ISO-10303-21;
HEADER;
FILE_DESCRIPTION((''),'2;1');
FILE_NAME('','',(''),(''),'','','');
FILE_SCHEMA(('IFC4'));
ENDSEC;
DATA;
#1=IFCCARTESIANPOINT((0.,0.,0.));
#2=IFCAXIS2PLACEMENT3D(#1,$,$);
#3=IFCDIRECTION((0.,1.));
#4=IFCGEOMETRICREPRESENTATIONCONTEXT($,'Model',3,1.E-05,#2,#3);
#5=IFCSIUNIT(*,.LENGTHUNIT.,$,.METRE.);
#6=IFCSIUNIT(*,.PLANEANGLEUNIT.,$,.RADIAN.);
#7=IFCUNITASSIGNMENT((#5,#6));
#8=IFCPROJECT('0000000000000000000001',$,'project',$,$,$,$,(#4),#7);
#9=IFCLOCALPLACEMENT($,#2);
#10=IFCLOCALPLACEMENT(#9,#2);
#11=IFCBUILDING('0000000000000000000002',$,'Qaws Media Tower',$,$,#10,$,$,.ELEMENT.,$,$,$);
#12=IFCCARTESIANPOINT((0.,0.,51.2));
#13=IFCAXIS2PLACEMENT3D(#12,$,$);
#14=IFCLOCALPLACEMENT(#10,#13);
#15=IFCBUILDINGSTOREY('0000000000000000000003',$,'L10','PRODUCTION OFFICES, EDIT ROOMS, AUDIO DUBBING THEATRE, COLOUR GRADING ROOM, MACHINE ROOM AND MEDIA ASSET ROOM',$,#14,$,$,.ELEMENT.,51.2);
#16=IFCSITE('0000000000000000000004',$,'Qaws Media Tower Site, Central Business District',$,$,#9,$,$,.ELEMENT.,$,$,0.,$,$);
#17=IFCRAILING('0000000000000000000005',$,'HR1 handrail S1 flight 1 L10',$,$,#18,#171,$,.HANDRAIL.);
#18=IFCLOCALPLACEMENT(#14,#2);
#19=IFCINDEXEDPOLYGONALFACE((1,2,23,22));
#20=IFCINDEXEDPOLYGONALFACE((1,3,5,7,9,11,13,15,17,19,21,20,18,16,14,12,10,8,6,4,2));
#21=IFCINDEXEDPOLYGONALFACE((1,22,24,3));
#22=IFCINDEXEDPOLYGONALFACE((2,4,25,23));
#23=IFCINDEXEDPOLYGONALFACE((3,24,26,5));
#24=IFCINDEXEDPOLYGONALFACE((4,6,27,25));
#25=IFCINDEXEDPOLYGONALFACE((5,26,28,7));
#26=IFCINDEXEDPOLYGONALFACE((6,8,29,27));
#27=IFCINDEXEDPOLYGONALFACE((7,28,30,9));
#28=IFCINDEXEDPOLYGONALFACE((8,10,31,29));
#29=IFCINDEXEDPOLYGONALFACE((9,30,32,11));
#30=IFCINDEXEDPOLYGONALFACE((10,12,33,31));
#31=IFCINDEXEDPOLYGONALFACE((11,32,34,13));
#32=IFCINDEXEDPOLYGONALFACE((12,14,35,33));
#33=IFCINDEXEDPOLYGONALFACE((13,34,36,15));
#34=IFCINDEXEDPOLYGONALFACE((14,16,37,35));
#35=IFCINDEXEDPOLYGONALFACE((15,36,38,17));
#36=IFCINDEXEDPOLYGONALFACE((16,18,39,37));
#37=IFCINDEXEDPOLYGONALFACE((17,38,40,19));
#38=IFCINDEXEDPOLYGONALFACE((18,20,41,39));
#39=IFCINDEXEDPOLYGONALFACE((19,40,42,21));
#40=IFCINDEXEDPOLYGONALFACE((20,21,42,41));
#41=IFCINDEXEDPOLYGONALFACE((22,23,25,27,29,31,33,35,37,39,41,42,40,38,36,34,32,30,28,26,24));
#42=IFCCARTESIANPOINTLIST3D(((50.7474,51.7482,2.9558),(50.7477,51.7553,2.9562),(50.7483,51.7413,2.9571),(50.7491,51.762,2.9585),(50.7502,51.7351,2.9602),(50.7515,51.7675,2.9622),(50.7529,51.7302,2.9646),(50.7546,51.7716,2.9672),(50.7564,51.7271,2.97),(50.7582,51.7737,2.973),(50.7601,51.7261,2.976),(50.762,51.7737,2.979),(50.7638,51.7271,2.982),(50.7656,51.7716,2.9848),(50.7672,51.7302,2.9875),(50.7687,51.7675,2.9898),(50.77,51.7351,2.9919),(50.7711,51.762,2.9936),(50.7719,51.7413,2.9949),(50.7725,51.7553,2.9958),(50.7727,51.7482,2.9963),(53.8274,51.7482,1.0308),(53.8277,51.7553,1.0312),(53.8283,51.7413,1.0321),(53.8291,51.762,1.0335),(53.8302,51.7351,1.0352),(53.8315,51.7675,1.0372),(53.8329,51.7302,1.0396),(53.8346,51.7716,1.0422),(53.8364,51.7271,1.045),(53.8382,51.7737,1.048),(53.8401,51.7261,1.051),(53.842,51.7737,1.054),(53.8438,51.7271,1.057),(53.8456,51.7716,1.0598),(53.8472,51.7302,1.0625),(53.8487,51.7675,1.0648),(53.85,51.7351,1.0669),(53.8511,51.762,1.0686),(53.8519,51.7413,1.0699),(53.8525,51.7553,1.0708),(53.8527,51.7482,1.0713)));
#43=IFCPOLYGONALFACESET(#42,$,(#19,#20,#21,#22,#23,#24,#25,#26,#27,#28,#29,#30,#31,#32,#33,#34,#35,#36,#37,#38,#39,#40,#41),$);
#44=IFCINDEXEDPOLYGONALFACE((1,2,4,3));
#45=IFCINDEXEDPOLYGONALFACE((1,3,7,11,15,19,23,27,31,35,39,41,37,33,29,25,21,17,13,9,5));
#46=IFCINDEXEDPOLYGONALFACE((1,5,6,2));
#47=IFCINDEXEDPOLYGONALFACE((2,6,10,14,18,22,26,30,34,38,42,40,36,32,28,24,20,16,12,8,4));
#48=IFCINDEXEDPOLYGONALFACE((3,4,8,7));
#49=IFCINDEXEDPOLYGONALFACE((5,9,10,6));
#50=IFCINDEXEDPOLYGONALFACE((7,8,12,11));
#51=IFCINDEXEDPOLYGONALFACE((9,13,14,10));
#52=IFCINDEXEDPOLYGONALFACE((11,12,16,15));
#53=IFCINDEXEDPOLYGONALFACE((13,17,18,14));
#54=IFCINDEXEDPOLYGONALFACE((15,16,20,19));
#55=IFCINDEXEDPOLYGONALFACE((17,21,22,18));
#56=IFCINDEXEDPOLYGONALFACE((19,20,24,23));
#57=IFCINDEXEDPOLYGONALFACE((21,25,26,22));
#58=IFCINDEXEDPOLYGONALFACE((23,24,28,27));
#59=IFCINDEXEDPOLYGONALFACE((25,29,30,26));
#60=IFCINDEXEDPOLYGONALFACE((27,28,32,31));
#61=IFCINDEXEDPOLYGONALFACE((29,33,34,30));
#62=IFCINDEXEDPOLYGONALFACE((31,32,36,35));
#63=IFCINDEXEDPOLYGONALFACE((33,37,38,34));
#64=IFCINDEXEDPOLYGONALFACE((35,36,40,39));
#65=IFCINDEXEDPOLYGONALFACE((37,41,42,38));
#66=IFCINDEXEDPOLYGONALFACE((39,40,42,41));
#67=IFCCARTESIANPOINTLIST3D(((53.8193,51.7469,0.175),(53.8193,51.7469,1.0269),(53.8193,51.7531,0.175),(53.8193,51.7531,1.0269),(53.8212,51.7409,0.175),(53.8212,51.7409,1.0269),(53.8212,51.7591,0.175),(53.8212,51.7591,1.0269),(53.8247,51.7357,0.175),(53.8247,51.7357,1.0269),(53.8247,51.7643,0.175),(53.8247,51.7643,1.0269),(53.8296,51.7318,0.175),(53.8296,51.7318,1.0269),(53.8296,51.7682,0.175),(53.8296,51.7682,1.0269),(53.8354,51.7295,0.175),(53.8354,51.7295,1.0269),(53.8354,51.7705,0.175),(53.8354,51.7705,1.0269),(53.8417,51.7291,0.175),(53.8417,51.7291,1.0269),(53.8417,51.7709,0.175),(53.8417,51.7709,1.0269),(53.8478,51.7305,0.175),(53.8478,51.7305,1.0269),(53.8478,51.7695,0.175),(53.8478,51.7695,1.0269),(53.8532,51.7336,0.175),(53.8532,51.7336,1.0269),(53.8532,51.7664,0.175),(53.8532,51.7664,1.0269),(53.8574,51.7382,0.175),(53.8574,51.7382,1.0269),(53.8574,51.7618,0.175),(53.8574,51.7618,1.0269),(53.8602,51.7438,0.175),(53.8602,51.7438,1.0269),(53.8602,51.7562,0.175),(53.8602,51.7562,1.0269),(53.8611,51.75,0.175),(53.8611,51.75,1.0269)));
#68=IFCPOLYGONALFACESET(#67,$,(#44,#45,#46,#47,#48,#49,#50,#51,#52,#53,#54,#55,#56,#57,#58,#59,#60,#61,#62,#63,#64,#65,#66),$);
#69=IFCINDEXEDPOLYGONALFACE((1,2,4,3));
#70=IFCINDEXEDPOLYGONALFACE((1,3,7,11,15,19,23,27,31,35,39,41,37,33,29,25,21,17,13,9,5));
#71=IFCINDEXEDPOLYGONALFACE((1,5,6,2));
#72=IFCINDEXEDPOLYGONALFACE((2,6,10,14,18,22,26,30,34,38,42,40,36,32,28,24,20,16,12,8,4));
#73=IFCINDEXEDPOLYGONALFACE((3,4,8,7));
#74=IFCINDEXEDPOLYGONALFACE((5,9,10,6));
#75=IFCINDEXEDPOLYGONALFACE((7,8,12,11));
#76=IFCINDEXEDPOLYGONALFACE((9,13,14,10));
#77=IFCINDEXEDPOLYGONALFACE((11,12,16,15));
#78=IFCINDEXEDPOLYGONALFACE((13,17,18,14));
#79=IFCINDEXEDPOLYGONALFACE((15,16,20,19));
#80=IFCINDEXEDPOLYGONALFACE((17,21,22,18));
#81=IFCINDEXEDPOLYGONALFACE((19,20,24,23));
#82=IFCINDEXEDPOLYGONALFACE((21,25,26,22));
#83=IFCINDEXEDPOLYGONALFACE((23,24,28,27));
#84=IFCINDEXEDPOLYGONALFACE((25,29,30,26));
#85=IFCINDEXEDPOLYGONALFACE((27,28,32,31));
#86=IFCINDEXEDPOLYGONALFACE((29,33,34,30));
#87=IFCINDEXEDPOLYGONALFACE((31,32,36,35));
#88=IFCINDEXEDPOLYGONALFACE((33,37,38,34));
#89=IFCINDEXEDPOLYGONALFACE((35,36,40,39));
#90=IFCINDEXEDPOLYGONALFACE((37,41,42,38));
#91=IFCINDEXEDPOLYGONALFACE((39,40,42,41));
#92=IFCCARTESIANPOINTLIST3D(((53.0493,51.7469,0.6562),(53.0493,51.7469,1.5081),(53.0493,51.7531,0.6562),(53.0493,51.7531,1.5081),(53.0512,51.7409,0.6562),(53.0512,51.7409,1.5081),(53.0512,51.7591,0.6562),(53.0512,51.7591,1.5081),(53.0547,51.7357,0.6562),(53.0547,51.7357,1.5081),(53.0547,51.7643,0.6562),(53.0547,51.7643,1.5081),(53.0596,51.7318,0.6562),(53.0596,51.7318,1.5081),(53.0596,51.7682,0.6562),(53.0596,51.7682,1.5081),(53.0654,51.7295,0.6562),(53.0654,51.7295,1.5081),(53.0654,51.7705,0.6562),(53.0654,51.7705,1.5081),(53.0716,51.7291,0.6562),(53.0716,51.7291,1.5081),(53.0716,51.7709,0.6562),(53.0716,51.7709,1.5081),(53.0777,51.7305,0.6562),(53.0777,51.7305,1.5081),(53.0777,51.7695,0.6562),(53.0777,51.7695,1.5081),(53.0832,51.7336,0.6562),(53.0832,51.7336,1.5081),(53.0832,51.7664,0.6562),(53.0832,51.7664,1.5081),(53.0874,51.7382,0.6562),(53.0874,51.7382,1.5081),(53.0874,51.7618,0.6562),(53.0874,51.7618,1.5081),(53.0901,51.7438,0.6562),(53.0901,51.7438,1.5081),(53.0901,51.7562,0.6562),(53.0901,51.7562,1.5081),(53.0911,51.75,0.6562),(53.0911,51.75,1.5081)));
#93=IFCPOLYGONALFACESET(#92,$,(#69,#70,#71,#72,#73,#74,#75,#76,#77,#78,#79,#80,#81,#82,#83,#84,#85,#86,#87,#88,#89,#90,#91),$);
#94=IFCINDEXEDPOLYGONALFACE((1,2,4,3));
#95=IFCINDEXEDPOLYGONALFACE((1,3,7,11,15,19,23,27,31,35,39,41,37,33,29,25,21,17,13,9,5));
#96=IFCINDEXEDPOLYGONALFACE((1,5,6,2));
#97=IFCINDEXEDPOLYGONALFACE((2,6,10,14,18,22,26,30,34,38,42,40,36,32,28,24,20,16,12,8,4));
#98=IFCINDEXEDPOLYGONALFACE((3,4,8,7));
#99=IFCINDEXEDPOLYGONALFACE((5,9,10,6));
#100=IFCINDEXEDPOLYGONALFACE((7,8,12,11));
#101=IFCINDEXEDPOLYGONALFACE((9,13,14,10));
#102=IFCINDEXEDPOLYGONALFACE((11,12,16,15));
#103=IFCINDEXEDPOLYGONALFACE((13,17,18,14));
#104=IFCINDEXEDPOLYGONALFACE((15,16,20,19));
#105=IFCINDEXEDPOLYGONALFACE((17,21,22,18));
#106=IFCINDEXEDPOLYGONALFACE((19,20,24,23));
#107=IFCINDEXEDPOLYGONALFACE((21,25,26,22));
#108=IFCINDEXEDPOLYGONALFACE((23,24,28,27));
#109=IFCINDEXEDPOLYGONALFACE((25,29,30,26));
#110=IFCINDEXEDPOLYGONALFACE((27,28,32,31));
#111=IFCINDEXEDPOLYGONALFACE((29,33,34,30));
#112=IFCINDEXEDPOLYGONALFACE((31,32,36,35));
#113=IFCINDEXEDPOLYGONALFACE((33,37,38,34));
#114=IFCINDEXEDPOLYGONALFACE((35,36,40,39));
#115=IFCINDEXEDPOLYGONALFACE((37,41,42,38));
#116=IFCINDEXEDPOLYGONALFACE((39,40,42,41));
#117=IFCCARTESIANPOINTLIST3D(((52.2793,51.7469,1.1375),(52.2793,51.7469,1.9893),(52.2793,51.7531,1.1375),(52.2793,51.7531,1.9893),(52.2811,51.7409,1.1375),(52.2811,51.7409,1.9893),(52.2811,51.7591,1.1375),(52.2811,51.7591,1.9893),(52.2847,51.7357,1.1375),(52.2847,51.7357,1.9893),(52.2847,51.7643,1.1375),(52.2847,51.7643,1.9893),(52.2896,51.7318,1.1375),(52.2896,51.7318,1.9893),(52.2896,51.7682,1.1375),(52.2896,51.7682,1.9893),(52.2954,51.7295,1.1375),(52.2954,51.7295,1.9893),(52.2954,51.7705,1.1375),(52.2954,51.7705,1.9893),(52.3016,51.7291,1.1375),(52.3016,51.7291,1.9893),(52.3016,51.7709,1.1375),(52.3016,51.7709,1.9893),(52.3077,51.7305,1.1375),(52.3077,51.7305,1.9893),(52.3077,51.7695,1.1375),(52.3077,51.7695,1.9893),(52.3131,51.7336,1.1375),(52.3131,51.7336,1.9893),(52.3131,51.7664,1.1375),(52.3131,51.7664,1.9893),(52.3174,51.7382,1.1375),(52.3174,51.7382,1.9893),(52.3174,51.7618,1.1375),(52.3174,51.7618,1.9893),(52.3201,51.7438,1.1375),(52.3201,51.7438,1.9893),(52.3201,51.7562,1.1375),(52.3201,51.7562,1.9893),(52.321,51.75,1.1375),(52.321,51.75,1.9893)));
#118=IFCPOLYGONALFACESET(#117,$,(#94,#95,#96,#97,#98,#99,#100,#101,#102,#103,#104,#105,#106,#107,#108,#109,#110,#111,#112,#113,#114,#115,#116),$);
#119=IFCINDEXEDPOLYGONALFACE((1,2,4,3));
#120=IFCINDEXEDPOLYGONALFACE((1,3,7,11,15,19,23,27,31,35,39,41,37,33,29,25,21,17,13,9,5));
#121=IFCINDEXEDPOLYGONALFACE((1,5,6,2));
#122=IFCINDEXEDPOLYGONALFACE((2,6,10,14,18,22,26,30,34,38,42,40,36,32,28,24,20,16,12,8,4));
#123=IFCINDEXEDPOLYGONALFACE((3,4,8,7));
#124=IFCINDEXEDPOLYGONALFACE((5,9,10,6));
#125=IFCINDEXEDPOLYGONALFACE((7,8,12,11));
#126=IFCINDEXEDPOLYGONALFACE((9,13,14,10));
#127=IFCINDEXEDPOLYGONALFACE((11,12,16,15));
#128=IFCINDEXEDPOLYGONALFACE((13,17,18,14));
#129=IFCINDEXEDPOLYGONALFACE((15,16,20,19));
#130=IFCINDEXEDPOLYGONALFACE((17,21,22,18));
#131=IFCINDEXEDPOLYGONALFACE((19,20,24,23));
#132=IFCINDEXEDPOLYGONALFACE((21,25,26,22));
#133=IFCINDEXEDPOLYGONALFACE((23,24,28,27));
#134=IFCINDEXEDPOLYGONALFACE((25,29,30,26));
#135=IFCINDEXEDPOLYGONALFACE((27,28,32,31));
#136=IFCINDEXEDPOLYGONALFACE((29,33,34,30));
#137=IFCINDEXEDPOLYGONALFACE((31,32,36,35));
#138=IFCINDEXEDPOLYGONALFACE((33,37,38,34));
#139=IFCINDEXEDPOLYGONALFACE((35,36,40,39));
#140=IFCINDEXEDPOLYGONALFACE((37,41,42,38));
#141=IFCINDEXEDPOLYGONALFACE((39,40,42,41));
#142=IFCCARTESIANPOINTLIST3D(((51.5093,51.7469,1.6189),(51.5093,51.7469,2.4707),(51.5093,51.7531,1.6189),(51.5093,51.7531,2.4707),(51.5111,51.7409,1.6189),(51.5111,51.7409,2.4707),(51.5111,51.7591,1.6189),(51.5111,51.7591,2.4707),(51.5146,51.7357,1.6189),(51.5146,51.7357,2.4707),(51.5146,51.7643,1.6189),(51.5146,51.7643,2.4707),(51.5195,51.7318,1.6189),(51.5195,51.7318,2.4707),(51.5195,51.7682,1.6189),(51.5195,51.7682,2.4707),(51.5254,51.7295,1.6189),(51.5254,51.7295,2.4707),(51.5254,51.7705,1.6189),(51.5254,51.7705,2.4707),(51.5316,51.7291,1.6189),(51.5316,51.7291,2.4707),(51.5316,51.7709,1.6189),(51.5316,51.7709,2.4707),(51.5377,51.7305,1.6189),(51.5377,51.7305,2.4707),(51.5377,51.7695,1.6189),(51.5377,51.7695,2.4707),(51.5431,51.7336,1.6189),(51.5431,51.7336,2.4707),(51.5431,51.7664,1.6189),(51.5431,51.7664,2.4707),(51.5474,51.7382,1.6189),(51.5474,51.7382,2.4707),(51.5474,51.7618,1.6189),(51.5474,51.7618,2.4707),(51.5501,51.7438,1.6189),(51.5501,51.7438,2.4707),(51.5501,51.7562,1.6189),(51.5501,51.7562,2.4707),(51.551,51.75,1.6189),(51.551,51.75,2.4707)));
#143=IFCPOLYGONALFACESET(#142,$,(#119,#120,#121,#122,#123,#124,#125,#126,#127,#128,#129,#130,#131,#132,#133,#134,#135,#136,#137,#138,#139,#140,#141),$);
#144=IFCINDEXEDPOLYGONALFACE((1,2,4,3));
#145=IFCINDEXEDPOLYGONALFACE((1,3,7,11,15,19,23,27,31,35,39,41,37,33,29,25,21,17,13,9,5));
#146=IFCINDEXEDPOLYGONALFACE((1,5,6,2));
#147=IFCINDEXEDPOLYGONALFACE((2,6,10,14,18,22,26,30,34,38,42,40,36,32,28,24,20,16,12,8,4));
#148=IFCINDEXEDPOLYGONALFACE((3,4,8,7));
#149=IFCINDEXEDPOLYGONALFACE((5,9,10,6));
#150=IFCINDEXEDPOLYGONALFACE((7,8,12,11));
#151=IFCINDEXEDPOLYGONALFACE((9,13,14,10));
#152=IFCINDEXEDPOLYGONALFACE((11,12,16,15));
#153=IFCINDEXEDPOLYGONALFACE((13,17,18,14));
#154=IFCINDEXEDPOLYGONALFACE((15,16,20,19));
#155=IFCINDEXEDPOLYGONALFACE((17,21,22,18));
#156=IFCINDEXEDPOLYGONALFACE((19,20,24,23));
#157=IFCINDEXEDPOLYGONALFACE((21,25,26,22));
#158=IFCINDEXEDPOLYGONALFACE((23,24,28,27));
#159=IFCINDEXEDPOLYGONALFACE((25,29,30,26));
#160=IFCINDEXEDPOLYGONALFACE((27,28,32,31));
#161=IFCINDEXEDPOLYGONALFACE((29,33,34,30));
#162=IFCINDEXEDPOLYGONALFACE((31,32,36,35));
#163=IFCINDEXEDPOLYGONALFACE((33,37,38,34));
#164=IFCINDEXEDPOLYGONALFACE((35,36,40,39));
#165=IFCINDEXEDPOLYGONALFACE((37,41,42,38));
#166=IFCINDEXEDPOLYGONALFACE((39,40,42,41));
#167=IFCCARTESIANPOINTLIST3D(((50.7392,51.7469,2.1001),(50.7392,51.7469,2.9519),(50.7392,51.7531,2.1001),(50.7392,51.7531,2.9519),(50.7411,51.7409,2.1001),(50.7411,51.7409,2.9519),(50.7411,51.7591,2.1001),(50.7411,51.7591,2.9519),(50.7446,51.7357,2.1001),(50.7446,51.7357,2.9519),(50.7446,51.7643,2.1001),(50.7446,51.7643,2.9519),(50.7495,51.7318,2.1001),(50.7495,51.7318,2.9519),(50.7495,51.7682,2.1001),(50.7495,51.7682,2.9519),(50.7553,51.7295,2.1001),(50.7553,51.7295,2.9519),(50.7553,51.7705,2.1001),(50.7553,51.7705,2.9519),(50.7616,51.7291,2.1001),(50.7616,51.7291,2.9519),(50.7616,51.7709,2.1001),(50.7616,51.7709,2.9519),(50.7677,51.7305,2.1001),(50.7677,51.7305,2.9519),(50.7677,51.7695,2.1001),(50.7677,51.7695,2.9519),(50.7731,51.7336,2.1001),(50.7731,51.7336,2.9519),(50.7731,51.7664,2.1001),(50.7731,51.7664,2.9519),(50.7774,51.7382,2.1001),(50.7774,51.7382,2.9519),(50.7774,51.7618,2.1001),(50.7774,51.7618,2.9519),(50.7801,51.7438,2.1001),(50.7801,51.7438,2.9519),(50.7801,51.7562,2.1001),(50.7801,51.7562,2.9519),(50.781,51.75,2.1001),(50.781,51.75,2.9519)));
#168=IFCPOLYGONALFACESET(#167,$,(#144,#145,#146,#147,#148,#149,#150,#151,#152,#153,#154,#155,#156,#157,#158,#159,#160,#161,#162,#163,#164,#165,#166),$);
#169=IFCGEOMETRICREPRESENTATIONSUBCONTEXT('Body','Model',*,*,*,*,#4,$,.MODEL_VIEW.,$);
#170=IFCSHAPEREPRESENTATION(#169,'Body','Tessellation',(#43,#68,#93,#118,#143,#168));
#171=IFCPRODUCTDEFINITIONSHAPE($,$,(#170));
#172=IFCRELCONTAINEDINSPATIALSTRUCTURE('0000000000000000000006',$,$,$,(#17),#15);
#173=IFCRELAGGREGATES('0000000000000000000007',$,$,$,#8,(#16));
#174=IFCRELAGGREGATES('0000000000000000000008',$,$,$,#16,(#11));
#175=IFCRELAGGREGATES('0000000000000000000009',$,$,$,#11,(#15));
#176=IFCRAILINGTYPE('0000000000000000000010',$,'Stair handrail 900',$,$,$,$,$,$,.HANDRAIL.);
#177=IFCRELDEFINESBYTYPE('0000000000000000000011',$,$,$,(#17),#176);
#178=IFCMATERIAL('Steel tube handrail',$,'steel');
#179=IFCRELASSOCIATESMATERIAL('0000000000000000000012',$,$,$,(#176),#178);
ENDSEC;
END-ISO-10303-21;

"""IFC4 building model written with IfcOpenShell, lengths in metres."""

from ifc_helpers import new_model, si_unit, direction, frame, origin, origin_2d, place, context, subcontext, project, spatial, circle, extrude, material, type_object, element, save


model = new_model("IFC4")

# Units and contexts
model_context = context("Model", 3, precision=1e-05, world=origin(), true_north=direction((0.0, 1.0)))
body_context = subcontext(model_context, "Body", "Model", "MODEL_VIEW")
ifc_project = project(units=[si_unit("LENGTHUNIT", "METRE"), si_unit("PLANEANGLEUNIT", "RADIAN")], contexts=[model_context])

# Site, building, storey
site_placement = place(None, origin())
site = spatial("IfcSite", under=ifc_project, at=site_placement, Name="Qaws Media Tower Site, Central Business District", CompositionType="ELEMENT", RefElevation=0.0)
building_placement = place(site_placement, origin())
building = spatial("IfcBuilding", under=site, at=building_placement, Name="Qaws Media Tower", CompositionType="ELEMENT")
storey_placement = place(building_placement, frame((0.0, 0.0, 51.2)))
storey = spatial("IfcBuildingStorey", under=building, at=storey_placement, Name="L10", Description="PRODUCTION OFFICES, EDIT ROOMS, AUDIO DUBBING THEATRE, COLOUR GRADING ROOM, MACHINE ROOM AND MEDIA ASSET ROOM", CompositionType="ELEMENT", Elevation=51.2)

# Railing
ifc_material_1 = material(Name="Steel tube handrail", Category="steel")
railing_type = type_object("IfcRailingType", Name="Stair handrail 900", PredefinedType="HANDRAIL", material=ifc_material_1)
for number, where, name in (
    (1, (53.8401, 51.75, 0.175), "HR1 handrail S1 flight 1 L10"),
):
    element("IfcRailing", number, at=place(storey_placement, frame(where)), inside=storey, type_object=railing_type, Name=name, PredefinedType="HANDRAIL", context=body_context, shape_type="SweptSolid", body=[
        extrude(circle(Radius=0.0239, at=origin_2d()), frame((0.0, 0.0, 0.876), z_axis=(-0.847998, 0.0, 0.529999), x_axis=(0.0, -1.0, 0.0)), (0.0, 0.0, 1.0), 3.6321),
        extrude(circle(Radius=0.021, at=origin_2d()), origin(), (0.0, 0.0, 1.0), 0.8518),
        extrude(circle(Radius=0.021, at=origin_2d()), frame((-0.77, 0.0, 0.4812)), (0.0, 0.0, 1.0), 0.8518),
        extrude(circle(Radius=0.021, at=origin_2d()), frame((-1.54, 0.0, 0.9624)), (0.0, 0.0, 1.0), 0.8518),
        extrude(circle(Radius=0.021, at=origin_2d()), frame((-2.3101, 0.0, 1.4438)), (0.0, 0.0, 1.0), 0.8518),
        extrude(circle(Radius=0.021, at=origin_2d()), frame((-3.0801, 0.0, 1.925)), (0.0, 0.0, 1.0), 0.8518),
    ])

save(model, "model.ifc")
